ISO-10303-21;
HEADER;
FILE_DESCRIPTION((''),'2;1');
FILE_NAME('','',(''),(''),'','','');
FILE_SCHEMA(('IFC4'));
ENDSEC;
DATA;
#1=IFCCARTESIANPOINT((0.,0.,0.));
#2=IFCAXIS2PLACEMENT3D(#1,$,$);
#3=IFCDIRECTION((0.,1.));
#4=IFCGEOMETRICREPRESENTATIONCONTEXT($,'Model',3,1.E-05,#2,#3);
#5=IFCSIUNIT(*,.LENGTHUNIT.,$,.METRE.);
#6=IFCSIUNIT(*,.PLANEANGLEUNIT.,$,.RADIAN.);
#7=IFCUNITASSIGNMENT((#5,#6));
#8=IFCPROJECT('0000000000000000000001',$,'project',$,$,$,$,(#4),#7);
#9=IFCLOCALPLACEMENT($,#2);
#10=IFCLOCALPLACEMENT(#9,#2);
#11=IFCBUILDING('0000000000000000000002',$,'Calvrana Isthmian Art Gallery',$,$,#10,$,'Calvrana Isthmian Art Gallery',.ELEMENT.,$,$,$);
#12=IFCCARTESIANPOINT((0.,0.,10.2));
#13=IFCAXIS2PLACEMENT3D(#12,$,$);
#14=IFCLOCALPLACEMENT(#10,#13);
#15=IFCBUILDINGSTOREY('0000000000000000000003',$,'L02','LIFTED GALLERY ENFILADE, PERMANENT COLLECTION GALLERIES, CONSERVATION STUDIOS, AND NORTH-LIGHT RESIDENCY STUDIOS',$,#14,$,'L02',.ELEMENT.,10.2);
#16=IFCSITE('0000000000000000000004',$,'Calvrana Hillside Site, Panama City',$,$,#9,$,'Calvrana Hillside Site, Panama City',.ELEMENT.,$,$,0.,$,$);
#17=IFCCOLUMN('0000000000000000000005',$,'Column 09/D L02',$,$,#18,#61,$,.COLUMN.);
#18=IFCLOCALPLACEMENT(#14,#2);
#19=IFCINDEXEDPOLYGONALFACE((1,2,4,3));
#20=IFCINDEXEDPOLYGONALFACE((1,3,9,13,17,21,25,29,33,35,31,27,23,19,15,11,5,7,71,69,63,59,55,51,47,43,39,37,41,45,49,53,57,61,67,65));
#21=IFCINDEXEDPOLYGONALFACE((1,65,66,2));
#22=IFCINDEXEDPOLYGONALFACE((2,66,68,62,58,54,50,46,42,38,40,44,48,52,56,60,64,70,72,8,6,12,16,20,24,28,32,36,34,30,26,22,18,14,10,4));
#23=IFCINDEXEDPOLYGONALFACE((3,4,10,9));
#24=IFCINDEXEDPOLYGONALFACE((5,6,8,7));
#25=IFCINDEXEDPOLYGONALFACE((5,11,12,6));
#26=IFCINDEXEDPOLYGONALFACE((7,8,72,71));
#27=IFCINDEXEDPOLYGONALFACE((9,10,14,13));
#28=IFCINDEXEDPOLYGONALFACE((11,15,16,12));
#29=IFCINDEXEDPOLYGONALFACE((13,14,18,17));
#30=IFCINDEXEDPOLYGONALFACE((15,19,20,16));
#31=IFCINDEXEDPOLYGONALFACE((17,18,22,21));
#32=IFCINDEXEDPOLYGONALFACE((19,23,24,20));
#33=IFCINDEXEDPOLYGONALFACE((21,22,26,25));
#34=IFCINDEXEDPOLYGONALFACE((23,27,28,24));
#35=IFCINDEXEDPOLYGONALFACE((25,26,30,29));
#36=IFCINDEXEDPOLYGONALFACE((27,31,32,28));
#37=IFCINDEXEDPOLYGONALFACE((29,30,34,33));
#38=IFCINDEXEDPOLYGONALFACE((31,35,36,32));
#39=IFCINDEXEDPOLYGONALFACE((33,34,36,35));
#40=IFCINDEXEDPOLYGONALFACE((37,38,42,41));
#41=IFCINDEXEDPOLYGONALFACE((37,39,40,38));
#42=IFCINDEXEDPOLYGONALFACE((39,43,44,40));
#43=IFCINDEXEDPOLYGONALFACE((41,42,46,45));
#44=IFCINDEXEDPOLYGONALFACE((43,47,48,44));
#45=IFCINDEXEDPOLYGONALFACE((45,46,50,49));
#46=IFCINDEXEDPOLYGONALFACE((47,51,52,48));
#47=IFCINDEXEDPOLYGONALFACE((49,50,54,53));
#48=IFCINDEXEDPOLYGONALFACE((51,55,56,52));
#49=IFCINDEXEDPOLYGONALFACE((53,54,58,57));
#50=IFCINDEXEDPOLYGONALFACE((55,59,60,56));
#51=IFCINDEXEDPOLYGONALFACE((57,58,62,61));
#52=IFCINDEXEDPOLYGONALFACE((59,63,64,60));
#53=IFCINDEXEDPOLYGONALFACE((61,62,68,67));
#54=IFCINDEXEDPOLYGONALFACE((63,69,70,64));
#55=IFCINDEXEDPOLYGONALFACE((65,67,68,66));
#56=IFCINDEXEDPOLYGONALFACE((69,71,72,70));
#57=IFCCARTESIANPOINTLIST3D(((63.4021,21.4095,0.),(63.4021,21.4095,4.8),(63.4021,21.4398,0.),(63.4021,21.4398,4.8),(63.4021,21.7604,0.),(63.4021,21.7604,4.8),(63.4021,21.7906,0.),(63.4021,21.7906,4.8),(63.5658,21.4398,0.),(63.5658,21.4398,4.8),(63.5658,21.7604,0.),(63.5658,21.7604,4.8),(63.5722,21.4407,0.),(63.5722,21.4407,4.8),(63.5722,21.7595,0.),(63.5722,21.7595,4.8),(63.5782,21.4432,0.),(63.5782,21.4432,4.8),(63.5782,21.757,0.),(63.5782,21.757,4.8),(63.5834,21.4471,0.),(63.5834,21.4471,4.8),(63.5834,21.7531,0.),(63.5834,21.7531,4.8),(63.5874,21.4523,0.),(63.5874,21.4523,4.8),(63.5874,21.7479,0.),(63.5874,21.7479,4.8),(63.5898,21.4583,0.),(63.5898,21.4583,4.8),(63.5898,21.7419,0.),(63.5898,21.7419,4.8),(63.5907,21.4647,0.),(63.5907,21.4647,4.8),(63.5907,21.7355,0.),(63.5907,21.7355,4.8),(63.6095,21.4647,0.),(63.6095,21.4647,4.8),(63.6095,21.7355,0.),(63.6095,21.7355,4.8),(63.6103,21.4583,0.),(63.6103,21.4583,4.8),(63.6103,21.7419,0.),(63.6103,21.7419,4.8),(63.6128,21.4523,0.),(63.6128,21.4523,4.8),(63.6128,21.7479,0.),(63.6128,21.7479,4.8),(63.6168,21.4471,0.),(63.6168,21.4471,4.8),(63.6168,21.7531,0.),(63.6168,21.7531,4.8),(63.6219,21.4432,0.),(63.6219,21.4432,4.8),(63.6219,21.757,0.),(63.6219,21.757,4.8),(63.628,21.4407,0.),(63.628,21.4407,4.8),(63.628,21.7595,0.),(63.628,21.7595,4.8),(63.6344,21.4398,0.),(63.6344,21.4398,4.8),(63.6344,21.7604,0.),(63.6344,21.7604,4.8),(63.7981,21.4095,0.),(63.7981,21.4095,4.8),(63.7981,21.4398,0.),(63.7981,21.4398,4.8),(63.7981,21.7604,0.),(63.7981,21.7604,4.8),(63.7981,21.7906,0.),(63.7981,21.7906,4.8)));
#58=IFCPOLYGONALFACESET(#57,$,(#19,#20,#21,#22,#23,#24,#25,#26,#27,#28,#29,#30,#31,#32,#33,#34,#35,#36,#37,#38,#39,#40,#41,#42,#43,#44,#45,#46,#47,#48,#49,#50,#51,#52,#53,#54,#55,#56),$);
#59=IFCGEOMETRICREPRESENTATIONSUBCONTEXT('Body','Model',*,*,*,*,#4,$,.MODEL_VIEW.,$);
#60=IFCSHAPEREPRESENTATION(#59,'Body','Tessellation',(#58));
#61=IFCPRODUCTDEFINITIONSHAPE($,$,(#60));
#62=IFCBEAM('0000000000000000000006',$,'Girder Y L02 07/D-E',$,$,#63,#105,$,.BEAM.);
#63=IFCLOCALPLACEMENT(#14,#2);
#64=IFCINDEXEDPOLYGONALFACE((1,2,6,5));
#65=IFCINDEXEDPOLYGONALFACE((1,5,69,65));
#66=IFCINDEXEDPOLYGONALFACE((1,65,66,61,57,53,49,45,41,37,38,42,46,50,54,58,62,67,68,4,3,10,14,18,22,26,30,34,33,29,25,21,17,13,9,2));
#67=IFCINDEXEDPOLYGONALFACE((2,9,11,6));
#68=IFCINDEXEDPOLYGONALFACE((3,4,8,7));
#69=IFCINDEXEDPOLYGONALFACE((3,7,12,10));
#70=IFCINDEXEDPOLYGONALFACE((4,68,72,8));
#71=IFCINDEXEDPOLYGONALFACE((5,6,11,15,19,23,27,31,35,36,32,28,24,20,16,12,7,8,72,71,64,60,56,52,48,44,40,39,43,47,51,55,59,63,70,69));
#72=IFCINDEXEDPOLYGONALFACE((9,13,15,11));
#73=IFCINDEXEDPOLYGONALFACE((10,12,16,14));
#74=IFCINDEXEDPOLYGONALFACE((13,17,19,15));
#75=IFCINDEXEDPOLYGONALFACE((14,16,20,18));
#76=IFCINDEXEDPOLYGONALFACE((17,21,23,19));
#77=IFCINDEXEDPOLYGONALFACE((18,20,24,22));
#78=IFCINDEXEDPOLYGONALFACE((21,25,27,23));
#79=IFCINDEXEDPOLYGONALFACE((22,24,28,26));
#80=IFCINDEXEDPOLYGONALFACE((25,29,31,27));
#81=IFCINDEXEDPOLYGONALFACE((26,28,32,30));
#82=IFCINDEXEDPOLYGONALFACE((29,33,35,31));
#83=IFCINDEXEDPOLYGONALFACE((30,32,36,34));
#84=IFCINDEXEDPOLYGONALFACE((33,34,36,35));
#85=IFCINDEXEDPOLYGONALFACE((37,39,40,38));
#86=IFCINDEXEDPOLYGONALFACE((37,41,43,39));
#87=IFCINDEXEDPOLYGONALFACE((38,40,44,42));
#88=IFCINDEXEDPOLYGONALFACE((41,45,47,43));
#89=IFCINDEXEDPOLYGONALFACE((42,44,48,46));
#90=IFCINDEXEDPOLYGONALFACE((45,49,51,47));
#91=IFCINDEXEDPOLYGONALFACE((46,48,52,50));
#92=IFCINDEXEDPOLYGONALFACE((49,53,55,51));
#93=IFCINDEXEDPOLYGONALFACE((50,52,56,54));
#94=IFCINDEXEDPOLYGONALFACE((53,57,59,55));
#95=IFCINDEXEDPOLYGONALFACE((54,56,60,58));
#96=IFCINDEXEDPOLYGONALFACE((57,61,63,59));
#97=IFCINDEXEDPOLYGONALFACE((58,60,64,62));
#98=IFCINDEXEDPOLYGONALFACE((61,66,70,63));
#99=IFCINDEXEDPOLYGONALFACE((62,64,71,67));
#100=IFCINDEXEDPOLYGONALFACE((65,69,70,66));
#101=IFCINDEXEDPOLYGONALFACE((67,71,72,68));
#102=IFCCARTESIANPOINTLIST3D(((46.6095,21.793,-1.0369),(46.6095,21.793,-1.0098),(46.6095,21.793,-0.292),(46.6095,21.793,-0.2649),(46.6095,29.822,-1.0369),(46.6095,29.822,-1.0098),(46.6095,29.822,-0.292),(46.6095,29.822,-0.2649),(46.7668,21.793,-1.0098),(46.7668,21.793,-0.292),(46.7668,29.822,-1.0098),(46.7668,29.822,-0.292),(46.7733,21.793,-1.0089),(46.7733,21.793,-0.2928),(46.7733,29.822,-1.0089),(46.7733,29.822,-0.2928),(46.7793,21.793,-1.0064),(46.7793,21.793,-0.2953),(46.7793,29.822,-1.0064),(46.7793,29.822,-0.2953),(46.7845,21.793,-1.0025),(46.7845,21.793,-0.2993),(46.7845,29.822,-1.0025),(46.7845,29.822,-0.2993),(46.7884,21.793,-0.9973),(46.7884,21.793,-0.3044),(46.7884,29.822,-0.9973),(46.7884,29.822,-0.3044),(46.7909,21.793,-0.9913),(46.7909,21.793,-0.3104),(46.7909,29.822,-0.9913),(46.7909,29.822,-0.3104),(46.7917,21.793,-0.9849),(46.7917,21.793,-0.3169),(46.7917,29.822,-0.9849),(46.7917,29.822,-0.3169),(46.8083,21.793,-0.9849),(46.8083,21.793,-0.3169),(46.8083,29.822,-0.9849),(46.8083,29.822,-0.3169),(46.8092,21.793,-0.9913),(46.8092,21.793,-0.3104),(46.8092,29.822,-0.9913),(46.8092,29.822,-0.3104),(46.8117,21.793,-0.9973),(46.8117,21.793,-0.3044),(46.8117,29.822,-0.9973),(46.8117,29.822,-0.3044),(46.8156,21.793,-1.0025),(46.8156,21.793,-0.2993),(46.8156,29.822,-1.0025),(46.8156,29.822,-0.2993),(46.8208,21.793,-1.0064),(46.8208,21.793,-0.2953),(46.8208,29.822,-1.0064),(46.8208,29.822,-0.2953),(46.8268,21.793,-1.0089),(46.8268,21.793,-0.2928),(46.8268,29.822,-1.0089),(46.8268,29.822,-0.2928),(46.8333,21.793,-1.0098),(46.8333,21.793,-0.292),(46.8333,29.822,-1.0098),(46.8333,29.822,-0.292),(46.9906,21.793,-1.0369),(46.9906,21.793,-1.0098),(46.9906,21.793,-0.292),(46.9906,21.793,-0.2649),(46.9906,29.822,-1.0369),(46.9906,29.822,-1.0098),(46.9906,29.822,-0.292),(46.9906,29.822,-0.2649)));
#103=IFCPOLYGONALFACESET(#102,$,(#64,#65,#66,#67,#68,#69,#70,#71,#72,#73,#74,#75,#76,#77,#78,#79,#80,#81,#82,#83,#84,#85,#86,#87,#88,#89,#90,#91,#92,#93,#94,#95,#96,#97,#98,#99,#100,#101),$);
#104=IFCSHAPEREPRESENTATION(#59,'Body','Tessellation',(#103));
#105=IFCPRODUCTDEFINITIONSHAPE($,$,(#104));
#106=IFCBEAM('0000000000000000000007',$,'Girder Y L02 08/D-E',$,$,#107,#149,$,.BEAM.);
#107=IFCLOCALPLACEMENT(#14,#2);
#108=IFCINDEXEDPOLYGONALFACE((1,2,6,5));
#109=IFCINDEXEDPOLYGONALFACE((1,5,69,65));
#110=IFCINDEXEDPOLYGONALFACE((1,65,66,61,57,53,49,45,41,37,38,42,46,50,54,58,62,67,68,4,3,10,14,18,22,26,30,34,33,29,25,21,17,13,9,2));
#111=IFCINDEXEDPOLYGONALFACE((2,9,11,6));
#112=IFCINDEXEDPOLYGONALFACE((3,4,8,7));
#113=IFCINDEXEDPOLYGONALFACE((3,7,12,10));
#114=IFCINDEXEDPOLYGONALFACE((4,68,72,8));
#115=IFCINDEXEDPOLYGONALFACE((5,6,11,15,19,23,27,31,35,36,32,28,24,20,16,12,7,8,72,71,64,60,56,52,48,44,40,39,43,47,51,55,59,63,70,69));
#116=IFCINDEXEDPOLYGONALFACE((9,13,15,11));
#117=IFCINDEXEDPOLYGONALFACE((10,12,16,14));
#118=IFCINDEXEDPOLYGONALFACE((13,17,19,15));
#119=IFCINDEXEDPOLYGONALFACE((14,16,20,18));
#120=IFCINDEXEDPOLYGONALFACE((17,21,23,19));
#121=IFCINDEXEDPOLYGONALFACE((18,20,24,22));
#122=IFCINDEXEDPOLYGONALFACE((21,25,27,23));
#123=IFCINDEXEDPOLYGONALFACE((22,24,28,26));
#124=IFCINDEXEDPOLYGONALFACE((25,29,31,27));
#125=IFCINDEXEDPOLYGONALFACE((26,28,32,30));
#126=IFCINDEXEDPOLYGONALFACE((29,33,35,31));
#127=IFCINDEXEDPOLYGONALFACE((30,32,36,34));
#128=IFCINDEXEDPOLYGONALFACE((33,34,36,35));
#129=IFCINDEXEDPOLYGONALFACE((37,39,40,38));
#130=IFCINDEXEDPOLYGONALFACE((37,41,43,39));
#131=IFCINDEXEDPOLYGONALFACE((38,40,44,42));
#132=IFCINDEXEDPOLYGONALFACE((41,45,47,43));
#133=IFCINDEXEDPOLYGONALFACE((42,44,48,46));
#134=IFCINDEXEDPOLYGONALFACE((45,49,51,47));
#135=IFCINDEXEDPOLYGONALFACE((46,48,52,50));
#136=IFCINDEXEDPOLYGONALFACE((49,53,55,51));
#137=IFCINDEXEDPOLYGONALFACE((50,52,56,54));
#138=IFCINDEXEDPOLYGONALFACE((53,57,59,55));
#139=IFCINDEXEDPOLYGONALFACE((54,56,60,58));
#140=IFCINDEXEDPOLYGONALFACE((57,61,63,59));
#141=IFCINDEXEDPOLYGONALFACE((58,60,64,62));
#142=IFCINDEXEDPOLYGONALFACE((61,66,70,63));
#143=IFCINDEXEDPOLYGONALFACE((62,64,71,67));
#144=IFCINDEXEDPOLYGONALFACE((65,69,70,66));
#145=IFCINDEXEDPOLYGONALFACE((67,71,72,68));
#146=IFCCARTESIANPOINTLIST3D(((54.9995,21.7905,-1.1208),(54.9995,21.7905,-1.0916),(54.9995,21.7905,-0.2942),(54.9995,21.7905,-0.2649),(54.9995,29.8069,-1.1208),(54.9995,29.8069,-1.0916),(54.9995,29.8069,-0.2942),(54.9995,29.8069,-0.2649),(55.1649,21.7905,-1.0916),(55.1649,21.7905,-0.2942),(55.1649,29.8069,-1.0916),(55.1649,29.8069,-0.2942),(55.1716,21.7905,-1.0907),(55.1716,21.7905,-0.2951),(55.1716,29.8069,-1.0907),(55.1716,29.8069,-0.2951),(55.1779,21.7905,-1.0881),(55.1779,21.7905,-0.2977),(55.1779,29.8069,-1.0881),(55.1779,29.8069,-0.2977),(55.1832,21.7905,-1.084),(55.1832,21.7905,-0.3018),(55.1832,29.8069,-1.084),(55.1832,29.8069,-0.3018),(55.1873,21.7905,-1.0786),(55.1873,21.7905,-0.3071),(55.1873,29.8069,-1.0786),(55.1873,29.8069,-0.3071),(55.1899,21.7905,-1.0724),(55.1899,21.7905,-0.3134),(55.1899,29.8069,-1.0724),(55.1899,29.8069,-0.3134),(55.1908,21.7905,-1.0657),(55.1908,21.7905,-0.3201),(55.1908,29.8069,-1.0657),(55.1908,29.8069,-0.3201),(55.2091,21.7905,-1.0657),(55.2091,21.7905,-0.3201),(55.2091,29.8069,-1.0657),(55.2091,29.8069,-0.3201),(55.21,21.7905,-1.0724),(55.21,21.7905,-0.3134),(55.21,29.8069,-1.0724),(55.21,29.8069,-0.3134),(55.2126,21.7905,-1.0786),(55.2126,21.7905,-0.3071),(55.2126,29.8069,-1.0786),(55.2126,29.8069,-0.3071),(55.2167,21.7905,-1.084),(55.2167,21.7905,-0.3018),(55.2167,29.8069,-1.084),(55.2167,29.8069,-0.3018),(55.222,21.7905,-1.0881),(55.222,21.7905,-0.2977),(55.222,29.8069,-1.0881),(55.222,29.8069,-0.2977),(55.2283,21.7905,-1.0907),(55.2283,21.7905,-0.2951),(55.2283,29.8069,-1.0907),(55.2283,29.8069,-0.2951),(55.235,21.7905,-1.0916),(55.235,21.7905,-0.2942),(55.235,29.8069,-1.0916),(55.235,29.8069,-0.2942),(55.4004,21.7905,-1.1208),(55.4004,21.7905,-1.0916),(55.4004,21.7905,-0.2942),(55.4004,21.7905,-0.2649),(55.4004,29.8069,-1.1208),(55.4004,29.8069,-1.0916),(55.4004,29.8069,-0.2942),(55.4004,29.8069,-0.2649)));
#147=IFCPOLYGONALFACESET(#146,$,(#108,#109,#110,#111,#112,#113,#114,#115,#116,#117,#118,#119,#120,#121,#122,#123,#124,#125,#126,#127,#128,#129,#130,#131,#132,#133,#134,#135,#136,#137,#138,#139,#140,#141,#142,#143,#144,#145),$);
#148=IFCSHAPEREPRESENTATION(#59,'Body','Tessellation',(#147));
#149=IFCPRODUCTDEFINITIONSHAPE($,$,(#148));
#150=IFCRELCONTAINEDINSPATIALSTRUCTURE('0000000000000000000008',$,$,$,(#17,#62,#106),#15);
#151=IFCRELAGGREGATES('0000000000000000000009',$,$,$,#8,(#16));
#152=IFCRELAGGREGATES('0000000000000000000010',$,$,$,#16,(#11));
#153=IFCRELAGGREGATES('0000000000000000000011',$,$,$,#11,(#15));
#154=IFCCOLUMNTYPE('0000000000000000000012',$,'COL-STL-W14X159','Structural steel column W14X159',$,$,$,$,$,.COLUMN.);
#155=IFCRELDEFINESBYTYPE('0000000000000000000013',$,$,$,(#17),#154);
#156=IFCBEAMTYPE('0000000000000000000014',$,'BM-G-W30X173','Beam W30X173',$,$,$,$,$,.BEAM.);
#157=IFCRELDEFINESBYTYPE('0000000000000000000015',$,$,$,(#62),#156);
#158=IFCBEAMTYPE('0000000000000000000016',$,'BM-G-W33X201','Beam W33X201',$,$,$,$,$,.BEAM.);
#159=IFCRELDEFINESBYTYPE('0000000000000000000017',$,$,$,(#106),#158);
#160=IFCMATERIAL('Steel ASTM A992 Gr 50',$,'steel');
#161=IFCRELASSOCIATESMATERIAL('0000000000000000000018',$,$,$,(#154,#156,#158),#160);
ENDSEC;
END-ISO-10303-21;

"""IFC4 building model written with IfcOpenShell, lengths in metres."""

from ifc_helpers import new_model, si_unit, direction, frame, origin, origin_2d, place, context, subcontext, project, spatial, i_section, extrude, material, material_profile, profile_set, type_object, element, save


model = new_model("IFC4")

# Units and contexts
model_context = context("Model", 3, precision=1e-05, world=origin(), true_north=direction((0.0, 1.0)))
body_context = subcontext(model_context, "Body", "Model", "MODEL_VIEW")
ifc_project = project(units=[si_unit("LENGTHUNIT", "METRE"), si_unit("PLANEANGLEUNIT", "RADIAN")], contexts=[model_context])

# Site, building, storey
site_placement = place(None, origin())
site = spatial("IfcSite", under=ifc_project, at=site_placement, Name="Calvrana Hillside Site, Panama City", LongName="Calvrana Hillside Site, Panama City", CompositionType="ELEMENT", RefElevation=0.0)
building_placement = place(site_placement, origin())
building = spatial("IfcBuilding", under=site, at=building_placement, Name="Calvrana Isthmian Art Gallery", LongName="Calvrana Isthmian Art Gallery", CompositionType="ELEMENT")
storey_placement = place(building_placement, frame((0.0, 0.0, 10.2)))
storey = spatial("IfcBuildingStorey", under=building, at=storey_placement, Name="L02", Description="LIFTED GALLERY ENFILADE, PERMANENT COLLECTION GALLERIES, CONSERVATION STUDIOS, AND NORTH-LIGHT RESIDENCY STUDIOS", LongName="L02", CompositionType="ELEMENT", Elevation=10.2)

# Column
ifc_material_1 = material(Name="Steel ASTM A992 Gr 50", Category="steel")
ifc_material_profile_1 = material_profile(ifc_material_1, i_section(OverallWidth=0.396, OverallDepth=0.3811, WebThickness=0.0188, FlangeThickness=0.0303, FilletRadius=0.0249, at=origin_2d()), Name="W14X159")
ifc_profile_set_1 = profile_set([ifc_material_profile_1], Name="Steel ASTM A992 Gr 50")
column_type = type_object("IfcColumnType", Name="COL-STL-W14X159", Description="Structural steel column W14X159", PredefinedType="COLUMN", material=ifc_profile_set_1)
column_placement = place(storey_placement, frame((63.6001, 21.6001, 0.0), z_axis=(0.0, 0.0, 1.0), x_axis=(1.0, 0.0, 0.0)))
element("IfcColumn", 1, at=column_placement, inside=storey, type_object=column_type, Name="Column 09/D L02", PredefinedType="COLUMN", context=body_context, shape_type="SweptSolid", body=[
    extrude(i_section(OverallWidth=0.396, OverallDepth=0.3811, WebThickness=0.0188, FlangeThickness=0.0303, FilletRadius=0.0249, at=origin_2d()), origin(), (0.0, 0.0, 1.0), 4.8),
])

# Beams
ifc_material_profile_2 = material_profile(ifc_material_1, i_section(OverallWidth=0.3811, OverallDepth=0.772, WebThickness=0.0166, FlangeThickness=0.0271, FilletRadius=0.0249, at=origin_2d()), Name="W30X173")
ifc_profile_set_2 = profile_set([ifc_material_profile_2], Name="Steel ASTM A992 Gr 50")
beam_type_1 = type_object("IfcBeamType", Name="BM-G-W30X173", Description="Beam W30X173", PredefinedType="BEAM", material=ifc_profile_set_2)
beam_1_placement = place(storey_placement, frame((46.8, 21.793, -0.6509), z_axis=(0.0, 1.0, 0.0), x_axis=(-1.0, 0.0, 0.0)))
element("IfcBeam", 2, at=beam_1_placement, inside=storey, type_object=beam_type_1, Name="Girder Y L02 07/D-E", PredefinedType="BEAM", context=body_context, shape_type="SweptSolid", body=[
    extrude(i_section(OverallWidth=0.3811, OverallDepth=0.772, WebThickness=0.0166, FlangeThickness=0.0271, FilletRadius=0.0249, at=origin_2d()), origin(), (0.0, 0.0, 1.0), 8.0291),
])
ifc_material_profile_3 = material_profile(ifc_material_1, i_section(OverallWidth=0.4009, OverallDepth=0.856, WebThickness=0.0183, FlangeThickness=0.0293, FilletRadius=0.0259, at=origin_2d()), Name="W33X201")
ifc_profile_set_3 = profile_set([ifc_material_profile_3], Name="Steel ASTM A992 Gr 50")
beam_type_2 = type_object("IfcBeamType", Name="BM-G-W33X201", Description="Beam W33X201", PredefinedType="BEAM", material=ifc_profile_set_3)
beam_2_placement = place(storey_placement, frame((55.2, 21.7905, -0.6929), z_axis=(0.0, 1.0, 0.0), x_axis=(-1.0, 0.0, 0.0)))
element("IfcBeam", 3, at=beam_2_placement, inside=storey, type_object=beam_type_2, Name="Girder Y L02 08/D-E", PredefinedType="BEAM", context=body_context, shape_type="SweptSolid", body=[
    extrude(i_section(OverallWidth=0.4009, OverallDepth=0.856, WebThickness=0.0183, FlangeThickness=0.0293, FilletRadius=0.0259, at=origin_2d()), origin(), (0.0, 0.0, 1.0), 8.0164),
])

save(model, "model.ifc")
